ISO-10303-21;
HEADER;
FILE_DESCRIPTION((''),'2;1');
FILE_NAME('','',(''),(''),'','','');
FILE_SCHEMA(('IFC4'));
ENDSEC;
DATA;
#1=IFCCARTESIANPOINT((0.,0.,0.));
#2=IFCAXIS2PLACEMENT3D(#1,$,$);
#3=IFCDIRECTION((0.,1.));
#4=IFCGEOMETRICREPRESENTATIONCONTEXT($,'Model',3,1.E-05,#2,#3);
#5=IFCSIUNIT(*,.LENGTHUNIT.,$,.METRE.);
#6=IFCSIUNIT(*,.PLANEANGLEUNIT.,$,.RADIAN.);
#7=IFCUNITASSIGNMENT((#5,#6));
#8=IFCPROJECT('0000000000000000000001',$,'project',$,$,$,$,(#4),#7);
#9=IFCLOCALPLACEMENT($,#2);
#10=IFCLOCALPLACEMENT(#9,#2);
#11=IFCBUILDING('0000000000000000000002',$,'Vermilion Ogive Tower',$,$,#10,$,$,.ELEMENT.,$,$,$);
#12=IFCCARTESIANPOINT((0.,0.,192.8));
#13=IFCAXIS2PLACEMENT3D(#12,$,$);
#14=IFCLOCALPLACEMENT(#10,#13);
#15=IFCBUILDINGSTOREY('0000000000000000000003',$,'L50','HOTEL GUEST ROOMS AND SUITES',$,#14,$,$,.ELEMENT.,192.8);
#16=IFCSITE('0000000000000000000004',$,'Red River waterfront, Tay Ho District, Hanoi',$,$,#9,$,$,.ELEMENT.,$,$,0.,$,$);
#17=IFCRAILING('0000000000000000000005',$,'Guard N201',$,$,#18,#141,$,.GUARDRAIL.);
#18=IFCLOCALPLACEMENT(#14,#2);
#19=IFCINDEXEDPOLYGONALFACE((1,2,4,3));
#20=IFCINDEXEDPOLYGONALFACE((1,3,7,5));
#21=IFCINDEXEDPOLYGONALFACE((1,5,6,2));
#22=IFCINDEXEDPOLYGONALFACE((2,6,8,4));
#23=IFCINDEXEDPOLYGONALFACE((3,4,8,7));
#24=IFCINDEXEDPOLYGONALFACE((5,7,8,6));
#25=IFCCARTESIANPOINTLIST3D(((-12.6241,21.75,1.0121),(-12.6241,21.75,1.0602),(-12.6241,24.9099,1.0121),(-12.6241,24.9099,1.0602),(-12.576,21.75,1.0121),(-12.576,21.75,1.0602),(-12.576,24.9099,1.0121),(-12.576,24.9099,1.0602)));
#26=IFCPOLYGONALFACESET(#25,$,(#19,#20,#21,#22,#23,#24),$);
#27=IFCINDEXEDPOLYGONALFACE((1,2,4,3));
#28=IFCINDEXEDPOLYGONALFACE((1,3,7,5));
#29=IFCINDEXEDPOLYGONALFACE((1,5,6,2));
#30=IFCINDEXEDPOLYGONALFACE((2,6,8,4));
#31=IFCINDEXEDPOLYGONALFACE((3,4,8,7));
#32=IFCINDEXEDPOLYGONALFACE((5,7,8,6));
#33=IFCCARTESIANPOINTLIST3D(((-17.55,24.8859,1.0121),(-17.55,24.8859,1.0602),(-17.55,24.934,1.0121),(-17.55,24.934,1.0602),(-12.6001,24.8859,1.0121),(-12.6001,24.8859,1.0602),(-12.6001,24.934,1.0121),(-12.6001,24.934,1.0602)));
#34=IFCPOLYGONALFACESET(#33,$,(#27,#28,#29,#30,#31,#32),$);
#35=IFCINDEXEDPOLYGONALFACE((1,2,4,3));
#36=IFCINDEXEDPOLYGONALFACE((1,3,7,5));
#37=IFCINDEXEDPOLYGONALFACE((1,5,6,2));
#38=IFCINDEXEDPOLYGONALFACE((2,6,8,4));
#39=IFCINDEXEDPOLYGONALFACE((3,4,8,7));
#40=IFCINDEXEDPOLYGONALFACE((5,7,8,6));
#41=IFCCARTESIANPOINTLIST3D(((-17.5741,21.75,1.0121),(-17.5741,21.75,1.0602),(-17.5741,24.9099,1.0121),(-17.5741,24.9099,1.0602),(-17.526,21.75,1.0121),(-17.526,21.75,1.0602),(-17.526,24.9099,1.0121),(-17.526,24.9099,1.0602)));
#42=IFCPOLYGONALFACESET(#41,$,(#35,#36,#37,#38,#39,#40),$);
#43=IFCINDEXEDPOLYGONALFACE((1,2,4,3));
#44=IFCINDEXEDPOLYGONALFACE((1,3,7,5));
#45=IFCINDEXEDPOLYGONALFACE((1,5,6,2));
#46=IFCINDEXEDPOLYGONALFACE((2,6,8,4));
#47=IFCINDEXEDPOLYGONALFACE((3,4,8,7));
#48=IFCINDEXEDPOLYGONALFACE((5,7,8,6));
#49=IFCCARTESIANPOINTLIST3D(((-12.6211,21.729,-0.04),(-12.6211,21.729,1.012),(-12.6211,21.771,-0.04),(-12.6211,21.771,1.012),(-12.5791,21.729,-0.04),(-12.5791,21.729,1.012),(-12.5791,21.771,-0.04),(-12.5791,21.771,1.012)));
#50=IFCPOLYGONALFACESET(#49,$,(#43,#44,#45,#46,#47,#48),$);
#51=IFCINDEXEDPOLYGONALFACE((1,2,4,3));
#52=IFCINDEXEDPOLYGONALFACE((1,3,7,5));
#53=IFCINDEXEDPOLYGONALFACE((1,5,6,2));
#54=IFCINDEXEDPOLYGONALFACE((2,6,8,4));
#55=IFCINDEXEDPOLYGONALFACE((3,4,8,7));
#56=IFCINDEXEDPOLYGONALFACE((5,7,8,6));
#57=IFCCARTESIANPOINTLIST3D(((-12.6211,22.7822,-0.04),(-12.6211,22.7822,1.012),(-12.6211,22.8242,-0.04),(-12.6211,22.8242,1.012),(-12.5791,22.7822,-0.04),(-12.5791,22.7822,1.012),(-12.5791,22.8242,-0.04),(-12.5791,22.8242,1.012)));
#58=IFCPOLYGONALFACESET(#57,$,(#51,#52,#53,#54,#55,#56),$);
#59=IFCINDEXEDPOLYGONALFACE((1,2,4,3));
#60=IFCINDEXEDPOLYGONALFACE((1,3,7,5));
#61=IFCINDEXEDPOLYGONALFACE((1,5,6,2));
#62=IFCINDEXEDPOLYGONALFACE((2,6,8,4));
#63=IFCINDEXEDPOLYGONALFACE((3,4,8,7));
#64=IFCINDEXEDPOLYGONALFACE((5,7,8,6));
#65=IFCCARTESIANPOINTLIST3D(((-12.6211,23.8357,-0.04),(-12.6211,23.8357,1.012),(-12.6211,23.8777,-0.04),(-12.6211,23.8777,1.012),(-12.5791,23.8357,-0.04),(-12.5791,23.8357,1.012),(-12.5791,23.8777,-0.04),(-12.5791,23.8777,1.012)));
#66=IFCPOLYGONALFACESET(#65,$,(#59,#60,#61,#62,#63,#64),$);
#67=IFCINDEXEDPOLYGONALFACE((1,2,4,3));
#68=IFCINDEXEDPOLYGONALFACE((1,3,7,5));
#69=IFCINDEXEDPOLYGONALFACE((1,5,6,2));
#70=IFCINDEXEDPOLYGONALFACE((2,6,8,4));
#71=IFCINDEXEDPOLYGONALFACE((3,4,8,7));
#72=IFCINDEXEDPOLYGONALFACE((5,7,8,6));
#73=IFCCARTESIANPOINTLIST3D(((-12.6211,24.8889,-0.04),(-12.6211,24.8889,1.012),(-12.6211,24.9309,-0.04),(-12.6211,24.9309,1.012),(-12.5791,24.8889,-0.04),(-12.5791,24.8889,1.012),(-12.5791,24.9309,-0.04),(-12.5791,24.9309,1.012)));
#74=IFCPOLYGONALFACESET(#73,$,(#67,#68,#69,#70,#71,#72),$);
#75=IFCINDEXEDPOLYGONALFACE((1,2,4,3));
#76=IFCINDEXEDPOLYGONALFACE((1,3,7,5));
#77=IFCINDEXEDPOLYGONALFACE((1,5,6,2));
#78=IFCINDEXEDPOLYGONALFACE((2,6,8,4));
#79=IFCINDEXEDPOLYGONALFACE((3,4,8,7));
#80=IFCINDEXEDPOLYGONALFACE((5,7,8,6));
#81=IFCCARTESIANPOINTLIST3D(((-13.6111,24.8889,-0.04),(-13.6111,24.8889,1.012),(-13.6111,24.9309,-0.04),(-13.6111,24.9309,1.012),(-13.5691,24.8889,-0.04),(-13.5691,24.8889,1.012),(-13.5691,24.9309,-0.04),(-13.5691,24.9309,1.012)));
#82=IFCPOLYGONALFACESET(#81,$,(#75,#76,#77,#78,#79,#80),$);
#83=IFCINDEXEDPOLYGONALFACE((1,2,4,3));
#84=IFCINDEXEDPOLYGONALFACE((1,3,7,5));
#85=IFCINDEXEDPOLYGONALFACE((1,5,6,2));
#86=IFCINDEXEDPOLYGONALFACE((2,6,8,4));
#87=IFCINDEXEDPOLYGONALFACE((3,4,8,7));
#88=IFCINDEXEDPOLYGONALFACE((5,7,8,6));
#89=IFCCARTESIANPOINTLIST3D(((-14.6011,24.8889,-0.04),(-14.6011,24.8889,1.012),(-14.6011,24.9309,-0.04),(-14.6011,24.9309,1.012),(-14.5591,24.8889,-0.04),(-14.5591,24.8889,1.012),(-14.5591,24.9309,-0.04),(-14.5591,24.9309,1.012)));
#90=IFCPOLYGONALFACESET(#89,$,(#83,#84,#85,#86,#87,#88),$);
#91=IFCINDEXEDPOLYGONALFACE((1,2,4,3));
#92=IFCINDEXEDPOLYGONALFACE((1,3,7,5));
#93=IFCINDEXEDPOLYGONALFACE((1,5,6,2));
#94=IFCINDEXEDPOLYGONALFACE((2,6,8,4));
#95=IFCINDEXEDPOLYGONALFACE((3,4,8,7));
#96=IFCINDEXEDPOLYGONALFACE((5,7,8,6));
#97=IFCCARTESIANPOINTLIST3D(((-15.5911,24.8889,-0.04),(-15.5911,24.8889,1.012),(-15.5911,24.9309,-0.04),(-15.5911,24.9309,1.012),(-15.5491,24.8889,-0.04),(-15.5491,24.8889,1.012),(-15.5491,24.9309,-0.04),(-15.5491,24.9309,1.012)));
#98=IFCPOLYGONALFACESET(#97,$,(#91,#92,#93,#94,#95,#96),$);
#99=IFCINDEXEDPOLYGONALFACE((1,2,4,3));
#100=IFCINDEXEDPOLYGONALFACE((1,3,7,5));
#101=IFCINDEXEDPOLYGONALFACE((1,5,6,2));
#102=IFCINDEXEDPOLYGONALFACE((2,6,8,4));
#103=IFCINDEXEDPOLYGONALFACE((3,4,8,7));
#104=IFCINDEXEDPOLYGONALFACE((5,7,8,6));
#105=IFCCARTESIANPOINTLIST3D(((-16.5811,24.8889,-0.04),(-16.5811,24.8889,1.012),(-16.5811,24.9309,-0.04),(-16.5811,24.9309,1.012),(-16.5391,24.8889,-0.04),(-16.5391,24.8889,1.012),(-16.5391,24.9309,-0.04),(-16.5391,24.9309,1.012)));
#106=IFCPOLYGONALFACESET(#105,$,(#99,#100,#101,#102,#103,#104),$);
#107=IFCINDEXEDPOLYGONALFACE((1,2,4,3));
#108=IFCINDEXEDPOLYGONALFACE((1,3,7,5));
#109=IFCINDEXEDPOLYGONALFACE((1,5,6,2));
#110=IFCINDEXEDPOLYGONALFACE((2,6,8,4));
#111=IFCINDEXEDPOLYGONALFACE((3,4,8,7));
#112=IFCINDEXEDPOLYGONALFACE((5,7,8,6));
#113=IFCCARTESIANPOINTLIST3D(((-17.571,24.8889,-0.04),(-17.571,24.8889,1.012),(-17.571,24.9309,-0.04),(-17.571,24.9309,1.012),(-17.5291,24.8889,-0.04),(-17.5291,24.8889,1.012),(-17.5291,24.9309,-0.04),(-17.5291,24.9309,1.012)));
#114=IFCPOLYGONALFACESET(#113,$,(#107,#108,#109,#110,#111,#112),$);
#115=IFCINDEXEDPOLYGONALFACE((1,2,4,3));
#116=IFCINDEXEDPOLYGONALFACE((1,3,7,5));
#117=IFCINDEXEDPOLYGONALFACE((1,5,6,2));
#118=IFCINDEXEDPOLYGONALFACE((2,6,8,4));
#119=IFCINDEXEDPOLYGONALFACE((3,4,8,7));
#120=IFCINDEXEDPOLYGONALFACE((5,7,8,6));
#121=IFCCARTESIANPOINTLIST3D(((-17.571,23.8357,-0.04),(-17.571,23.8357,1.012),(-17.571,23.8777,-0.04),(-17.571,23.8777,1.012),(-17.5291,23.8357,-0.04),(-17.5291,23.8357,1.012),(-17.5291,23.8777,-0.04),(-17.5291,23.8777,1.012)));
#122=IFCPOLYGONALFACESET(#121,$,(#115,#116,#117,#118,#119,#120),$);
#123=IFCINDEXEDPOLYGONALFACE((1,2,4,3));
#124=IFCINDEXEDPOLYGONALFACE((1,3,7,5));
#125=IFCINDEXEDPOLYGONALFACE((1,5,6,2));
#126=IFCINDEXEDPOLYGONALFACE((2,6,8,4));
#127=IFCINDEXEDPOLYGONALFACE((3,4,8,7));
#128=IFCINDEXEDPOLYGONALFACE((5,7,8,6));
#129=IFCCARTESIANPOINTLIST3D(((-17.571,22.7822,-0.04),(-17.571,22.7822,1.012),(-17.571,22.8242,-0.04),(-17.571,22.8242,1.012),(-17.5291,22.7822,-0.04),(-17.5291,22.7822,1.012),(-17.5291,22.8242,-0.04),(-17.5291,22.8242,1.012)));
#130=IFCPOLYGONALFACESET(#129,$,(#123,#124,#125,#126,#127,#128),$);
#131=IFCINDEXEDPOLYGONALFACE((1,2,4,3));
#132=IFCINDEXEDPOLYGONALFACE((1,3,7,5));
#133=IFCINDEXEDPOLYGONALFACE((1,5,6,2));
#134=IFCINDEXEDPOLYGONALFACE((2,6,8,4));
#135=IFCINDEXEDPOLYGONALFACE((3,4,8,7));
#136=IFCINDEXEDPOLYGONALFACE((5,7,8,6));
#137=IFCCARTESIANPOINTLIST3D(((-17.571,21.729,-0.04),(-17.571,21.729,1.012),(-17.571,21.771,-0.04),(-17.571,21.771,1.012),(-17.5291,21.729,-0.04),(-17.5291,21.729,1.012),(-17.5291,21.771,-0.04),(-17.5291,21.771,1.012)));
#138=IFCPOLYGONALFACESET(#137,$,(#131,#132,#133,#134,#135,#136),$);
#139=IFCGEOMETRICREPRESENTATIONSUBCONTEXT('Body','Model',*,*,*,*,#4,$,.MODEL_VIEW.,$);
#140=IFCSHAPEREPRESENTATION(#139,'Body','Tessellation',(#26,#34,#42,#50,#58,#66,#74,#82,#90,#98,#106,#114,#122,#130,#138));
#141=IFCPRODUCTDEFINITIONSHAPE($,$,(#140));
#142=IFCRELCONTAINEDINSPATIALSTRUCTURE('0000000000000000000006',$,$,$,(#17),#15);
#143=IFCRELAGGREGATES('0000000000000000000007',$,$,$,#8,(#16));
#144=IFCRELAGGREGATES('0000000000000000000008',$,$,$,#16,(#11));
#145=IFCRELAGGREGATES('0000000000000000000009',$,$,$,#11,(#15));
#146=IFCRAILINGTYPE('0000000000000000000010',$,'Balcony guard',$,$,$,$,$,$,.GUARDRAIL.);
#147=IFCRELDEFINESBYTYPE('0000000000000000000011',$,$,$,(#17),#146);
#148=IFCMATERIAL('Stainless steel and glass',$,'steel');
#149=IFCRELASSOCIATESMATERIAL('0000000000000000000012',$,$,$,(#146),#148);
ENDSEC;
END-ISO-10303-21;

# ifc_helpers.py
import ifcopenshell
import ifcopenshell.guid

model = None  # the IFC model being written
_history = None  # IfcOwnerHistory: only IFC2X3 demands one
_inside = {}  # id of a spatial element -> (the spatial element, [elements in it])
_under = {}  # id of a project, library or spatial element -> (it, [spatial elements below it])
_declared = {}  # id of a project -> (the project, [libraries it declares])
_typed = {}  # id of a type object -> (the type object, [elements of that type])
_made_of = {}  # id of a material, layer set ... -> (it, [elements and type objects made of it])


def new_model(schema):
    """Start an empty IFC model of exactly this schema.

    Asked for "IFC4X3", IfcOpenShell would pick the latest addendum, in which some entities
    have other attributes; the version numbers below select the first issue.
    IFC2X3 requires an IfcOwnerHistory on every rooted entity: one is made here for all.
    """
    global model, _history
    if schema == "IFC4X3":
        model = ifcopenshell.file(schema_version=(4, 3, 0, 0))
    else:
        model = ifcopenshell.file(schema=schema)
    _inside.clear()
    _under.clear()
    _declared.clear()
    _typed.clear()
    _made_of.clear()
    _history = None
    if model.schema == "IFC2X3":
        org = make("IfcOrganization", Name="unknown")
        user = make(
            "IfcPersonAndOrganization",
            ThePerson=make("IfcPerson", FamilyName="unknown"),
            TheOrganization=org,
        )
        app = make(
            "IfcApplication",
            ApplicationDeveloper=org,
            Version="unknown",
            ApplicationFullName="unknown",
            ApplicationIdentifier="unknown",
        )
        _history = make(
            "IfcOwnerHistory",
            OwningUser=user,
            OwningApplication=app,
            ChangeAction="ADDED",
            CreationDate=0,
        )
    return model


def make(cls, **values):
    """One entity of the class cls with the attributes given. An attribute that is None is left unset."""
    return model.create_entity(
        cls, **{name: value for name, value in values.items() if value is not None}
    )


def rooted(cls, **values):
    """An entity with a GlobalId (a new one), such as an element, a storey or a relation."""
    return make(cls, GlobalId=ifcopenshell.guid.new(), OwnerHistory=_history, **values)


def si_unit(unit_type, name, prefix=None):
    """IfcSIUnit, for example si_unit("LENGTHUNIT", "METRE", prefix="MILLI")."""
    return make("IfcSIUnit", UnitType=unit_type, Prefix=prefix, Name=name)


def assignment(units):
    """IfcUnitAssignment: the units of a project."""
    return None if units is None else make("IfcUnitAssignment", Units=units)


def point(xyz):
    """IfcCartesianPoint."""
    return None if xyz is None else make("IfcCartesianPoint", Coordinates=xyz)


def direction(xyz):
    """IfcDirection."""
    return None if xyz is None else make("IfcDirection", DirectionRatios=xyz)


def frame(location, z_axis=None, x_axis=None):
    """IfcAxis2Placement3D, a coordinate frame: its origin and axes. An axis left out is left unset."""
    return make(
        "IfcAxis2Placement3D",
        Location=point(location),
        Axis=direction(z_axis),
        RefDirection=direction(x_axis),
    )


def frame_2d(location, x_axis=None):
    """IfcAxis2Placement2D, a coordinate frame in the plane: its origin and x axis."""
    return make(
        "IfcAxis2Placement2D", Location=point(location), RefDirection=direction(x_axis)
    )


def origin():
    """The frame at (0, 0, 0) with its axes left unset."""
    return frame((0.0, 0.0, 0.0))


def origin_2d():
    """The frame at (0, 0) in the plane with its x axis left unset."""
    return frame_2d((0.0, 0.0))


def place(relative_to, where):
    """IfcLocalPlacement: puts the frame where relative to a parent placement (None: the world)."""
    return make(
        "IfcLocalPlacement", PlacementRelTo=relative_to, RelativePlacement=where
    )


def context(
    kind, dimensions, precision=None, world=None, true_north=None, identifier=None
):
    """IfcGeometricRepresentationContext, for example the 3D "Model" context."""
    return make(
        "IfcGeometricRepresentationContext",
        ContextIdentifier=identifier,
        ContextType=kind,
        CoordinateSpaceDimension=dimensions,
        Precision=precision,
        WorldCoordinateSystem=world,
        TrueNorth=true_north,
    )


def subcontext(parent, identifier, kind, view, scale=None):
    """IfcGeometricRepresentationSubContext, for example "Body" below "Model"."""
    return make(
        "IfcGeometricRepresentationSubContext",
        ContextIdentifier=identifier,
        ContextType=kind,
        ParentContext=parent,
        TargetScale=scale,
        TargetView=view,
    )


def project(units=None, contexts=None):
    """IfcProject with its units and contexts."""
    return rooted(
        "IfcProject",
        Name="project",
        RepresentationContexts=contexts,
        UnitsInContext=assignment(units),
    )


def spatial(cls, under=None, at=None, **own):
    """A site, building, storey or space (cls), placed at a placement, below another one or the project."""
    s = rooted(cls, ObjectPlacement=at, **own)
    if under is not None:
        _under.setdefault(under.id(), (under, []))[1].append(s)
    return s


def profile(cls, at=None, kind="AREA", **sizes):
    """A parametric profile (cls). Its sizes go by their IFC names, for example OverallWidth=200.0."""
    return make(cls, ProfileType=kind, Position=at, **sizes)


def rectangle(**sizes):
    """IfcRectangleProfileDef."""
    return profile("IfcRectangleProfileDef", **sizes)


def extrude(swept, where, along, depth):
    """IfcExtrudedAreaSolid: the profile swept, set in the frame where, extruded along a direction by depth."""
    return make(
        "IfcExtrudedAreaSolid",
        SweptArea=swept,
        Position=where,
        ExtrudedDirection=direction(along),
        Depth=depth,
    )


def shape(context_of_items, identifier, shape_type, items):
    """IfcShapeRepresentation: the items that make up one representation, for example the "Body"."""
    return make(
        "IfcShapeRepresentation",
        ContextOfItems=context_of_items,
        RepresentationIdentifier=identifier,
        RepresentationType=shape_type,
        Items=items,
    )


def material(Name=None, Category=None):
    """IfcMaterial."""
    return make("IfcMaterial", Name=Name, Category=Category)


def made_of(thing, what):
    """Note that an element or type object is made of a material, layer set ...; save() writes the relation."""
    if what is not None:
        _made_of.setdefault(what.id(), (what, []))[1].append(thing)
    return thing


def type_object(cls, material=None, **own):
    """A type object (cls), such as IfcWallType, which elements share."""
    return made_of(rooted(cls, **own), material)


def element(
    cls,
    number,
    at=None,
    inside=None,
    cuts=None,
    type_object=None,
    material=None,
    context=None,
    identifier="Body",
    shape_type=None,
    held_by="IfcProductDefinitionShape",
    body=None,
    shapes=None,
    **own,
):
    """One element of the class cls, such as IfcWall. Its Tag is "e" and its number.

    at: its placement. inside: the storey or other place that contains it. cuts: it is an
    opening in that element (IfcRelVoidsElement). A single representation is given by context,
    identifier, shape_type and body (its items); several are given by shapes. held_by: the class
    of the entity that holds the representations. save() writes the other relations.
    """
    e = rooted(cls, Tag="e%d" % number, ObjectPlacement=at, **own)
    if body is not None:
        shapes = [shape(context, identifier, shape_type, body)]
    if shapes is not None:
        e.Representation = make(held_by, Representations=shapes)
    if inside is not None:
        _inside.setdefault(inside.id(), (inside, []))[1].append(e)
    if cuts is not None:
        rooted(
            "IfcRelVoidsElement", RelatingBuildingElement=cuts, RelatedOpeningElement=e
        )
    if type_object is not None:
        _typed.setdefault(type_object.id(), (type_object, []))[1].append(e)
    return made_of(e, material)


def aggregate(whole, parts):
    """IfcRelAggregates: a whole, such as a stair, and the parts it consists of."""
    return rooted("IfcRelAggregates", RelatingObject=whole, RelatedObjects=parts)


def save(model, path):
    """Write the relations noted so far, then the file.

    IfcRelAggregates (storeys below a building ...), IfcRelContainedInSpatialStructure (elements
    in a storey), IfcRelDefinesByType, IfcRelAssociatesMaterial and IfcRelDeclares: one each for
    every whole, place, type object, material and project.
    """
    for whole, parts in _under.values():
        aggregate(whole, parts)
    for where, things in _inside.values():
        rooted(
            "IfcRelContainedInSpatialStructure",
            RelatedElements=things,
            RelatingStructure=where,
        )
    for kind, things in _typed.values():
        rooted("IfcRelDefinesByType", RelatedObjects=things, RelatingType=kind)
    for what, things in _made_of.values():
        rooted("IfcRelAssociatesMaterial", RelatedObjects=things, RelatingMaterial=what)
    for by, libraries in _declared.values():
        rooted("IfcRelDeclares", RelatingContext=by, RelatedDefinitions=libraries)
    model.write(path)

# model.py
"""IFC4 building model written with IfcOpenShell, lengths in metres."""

from ifc_helpers import new_model, si_unit, direction, frame, origin, origin_2d, place, context, subcontext, project, spatial, rectangle, extrude, material, type_object, element, save


model = new_model("IFC4")

# Units and contexts
model_context = context("Model", 3, precision=1e-05, world=origin(), true_north=direction((0.0, 1.0)))
body_context = subcontext(model_context, "Body", "Model", "MODEL_VIEW")
ifc_project = project(units=[si_unit("LENGTHUNIT", "METRE"), si_unit("PLANEANGLEUNIT", "RADIAN")], contexts=[model_context])

# Site, building, storey
site_placement = place(None, origin())
site = spatial("IfcSite", under=ifc_project, at=site_placement, Name="Red River waterfront, Tay Ho District, Hanoi", CompositionType="ELEMENT", RefElevation=0.0)
building_placement = place(site_placement, origin())
building = spatial("IfcBuilding", under=site, at=building_placement, Name="Vermilion Ogive Tower", CompositionType="ELEMENT")
storey_placement = place(building_placement, frame((0.0, 0.0, 192.8)))
storey = spatial("IfcBuildingStorey", under=building, at=storey_placement, Name="L50", Description="HOTEL GUEST ROOMS AND SUITES", CompositionType="ELEMENT", Elevation=192.8)

# Railing
ifc_material_1 = material(Name="Stainless steel and glass", Category="steel")
railing_type_1 = type_object("IfcRailingType", Name="Balcony guard", PredefinedType="GUARDRAIL", material=ifc_material_1)
railing_1_placement = place(storey_placement, frame((-12.6001, 21.75, -0.04)))
element("IfcRailing", 1, at=railing_1_placement, inside=storey, type_object=railing_type_1, Name="Guard N201", PredefinedType="GUARDRAIL", context=body_context, shape_type="SweptSolid", body=[
    extrude(rectangle(XDim=0.0481, YDim=0.0481, at=origin_2d()), frame((0.0, 0.0, 1.0762), z_axis=(0.0, 1.0, 0.0), x_axis=(-1.0, 0.0, 0.0)), (0.0, 0.0, 1.0), 3.1599),
    extrude(rectangle(XDim=0.0481, YDim=0.0481, at=origin_2d()), frame((0.0, 3.1599, 1.0762), z_axis=(-1.0, 0.0, 0.0), x_axis=(0.0, -1.0, 0.0)), (0.0, 0.0, 1.0), 4.95),
    extrude(rectangle(XDim=0.0481, YDim=0.0481, at=origin_2d()), frame((-4.95, 3.1599, 1.0762), z_axis=(0.0, -1.0, 0.0), x_axis=(1.0, 0.0, 0.0)), (0.0, 0.0, 1.0), 3.1599),
    extrude(rectangle(XDim=0.042, YDim=0.042, at=origin_2d()), origin(), (0.0, 0.0, 1.0), 1.052),
    extrude(rectangle(XDim=0.042, YDim=0.042, at=origin_2d()), frame((0.0, 1.0532, 0.0)), (0.0, 0.0, 1.0), 1.052),
    extrude(rectangle(XDim=0.042, YDim=0.042, at=origin_2d()), frame((0.0, 2.1067, 0.0)), (0.0, 0.0, 1.0), 1.052),
    extrude(rectangle(XDim=0.042, YDim=0.042, at=origin_2d()), frame((0.0, 3.1599, 0.0)), (0.0, 0.0, 1.0), 1.052),
    extrude(rectangle(XDim=0.042, YDim=0.042, at=origin_2d()), frame((-0.99, 3.1599, 0.0)), (0.0, 0.0, 1.0), 1.052),
    extrude(rectangle(XDim=0.042, YDim=0.042, at=origin_2d()), frame((-1.98, 3.1599, 0.0)), (0.0, 0.0, 1.0), 1.052),
    extrude(rectangle(XDim=0.042, YDim=0.042, at=origin_2d()), frame((-2.97, 3.1599, 0.0)), (0.0, 0.0, 1.0), 1.052),
    extrude(rectangle(XDim=0.042, YDim=0.042, at=origin_2d()), frame((-3.96, 3.1599, 0.0)), (0.0, 0.0, 1.0), 1.052),
    extrude(rectangle(XDim=0.042, YDim=0.042, at=origin_2d()), frame((-4.95, 3.1599, 0.0)), (0.0, 0.0, 1.0), 1.052),
    extrude(rectangle(XDim=0.042, YDim=0.042, at=origin_2d()), frame((-4.95, 2.1067, 0.0)), (0.0, 0.0, 1.0), 1.052),
    extrude(rectangle(XDim=0.042, YDim=0.042, at=origin_2d()), frame((-4.95, 1.0532, 0.0)), (0.0, 0.0, 1.0), 1.052),
    extrude(rectangle(XDim=0.042, YDim=0.042, at=origin_2d()), frame((-4.95, 0.0, 0.0)), (0.0, 0.0, 1.0), 1.052),
])

save(model, "model.ifc")
